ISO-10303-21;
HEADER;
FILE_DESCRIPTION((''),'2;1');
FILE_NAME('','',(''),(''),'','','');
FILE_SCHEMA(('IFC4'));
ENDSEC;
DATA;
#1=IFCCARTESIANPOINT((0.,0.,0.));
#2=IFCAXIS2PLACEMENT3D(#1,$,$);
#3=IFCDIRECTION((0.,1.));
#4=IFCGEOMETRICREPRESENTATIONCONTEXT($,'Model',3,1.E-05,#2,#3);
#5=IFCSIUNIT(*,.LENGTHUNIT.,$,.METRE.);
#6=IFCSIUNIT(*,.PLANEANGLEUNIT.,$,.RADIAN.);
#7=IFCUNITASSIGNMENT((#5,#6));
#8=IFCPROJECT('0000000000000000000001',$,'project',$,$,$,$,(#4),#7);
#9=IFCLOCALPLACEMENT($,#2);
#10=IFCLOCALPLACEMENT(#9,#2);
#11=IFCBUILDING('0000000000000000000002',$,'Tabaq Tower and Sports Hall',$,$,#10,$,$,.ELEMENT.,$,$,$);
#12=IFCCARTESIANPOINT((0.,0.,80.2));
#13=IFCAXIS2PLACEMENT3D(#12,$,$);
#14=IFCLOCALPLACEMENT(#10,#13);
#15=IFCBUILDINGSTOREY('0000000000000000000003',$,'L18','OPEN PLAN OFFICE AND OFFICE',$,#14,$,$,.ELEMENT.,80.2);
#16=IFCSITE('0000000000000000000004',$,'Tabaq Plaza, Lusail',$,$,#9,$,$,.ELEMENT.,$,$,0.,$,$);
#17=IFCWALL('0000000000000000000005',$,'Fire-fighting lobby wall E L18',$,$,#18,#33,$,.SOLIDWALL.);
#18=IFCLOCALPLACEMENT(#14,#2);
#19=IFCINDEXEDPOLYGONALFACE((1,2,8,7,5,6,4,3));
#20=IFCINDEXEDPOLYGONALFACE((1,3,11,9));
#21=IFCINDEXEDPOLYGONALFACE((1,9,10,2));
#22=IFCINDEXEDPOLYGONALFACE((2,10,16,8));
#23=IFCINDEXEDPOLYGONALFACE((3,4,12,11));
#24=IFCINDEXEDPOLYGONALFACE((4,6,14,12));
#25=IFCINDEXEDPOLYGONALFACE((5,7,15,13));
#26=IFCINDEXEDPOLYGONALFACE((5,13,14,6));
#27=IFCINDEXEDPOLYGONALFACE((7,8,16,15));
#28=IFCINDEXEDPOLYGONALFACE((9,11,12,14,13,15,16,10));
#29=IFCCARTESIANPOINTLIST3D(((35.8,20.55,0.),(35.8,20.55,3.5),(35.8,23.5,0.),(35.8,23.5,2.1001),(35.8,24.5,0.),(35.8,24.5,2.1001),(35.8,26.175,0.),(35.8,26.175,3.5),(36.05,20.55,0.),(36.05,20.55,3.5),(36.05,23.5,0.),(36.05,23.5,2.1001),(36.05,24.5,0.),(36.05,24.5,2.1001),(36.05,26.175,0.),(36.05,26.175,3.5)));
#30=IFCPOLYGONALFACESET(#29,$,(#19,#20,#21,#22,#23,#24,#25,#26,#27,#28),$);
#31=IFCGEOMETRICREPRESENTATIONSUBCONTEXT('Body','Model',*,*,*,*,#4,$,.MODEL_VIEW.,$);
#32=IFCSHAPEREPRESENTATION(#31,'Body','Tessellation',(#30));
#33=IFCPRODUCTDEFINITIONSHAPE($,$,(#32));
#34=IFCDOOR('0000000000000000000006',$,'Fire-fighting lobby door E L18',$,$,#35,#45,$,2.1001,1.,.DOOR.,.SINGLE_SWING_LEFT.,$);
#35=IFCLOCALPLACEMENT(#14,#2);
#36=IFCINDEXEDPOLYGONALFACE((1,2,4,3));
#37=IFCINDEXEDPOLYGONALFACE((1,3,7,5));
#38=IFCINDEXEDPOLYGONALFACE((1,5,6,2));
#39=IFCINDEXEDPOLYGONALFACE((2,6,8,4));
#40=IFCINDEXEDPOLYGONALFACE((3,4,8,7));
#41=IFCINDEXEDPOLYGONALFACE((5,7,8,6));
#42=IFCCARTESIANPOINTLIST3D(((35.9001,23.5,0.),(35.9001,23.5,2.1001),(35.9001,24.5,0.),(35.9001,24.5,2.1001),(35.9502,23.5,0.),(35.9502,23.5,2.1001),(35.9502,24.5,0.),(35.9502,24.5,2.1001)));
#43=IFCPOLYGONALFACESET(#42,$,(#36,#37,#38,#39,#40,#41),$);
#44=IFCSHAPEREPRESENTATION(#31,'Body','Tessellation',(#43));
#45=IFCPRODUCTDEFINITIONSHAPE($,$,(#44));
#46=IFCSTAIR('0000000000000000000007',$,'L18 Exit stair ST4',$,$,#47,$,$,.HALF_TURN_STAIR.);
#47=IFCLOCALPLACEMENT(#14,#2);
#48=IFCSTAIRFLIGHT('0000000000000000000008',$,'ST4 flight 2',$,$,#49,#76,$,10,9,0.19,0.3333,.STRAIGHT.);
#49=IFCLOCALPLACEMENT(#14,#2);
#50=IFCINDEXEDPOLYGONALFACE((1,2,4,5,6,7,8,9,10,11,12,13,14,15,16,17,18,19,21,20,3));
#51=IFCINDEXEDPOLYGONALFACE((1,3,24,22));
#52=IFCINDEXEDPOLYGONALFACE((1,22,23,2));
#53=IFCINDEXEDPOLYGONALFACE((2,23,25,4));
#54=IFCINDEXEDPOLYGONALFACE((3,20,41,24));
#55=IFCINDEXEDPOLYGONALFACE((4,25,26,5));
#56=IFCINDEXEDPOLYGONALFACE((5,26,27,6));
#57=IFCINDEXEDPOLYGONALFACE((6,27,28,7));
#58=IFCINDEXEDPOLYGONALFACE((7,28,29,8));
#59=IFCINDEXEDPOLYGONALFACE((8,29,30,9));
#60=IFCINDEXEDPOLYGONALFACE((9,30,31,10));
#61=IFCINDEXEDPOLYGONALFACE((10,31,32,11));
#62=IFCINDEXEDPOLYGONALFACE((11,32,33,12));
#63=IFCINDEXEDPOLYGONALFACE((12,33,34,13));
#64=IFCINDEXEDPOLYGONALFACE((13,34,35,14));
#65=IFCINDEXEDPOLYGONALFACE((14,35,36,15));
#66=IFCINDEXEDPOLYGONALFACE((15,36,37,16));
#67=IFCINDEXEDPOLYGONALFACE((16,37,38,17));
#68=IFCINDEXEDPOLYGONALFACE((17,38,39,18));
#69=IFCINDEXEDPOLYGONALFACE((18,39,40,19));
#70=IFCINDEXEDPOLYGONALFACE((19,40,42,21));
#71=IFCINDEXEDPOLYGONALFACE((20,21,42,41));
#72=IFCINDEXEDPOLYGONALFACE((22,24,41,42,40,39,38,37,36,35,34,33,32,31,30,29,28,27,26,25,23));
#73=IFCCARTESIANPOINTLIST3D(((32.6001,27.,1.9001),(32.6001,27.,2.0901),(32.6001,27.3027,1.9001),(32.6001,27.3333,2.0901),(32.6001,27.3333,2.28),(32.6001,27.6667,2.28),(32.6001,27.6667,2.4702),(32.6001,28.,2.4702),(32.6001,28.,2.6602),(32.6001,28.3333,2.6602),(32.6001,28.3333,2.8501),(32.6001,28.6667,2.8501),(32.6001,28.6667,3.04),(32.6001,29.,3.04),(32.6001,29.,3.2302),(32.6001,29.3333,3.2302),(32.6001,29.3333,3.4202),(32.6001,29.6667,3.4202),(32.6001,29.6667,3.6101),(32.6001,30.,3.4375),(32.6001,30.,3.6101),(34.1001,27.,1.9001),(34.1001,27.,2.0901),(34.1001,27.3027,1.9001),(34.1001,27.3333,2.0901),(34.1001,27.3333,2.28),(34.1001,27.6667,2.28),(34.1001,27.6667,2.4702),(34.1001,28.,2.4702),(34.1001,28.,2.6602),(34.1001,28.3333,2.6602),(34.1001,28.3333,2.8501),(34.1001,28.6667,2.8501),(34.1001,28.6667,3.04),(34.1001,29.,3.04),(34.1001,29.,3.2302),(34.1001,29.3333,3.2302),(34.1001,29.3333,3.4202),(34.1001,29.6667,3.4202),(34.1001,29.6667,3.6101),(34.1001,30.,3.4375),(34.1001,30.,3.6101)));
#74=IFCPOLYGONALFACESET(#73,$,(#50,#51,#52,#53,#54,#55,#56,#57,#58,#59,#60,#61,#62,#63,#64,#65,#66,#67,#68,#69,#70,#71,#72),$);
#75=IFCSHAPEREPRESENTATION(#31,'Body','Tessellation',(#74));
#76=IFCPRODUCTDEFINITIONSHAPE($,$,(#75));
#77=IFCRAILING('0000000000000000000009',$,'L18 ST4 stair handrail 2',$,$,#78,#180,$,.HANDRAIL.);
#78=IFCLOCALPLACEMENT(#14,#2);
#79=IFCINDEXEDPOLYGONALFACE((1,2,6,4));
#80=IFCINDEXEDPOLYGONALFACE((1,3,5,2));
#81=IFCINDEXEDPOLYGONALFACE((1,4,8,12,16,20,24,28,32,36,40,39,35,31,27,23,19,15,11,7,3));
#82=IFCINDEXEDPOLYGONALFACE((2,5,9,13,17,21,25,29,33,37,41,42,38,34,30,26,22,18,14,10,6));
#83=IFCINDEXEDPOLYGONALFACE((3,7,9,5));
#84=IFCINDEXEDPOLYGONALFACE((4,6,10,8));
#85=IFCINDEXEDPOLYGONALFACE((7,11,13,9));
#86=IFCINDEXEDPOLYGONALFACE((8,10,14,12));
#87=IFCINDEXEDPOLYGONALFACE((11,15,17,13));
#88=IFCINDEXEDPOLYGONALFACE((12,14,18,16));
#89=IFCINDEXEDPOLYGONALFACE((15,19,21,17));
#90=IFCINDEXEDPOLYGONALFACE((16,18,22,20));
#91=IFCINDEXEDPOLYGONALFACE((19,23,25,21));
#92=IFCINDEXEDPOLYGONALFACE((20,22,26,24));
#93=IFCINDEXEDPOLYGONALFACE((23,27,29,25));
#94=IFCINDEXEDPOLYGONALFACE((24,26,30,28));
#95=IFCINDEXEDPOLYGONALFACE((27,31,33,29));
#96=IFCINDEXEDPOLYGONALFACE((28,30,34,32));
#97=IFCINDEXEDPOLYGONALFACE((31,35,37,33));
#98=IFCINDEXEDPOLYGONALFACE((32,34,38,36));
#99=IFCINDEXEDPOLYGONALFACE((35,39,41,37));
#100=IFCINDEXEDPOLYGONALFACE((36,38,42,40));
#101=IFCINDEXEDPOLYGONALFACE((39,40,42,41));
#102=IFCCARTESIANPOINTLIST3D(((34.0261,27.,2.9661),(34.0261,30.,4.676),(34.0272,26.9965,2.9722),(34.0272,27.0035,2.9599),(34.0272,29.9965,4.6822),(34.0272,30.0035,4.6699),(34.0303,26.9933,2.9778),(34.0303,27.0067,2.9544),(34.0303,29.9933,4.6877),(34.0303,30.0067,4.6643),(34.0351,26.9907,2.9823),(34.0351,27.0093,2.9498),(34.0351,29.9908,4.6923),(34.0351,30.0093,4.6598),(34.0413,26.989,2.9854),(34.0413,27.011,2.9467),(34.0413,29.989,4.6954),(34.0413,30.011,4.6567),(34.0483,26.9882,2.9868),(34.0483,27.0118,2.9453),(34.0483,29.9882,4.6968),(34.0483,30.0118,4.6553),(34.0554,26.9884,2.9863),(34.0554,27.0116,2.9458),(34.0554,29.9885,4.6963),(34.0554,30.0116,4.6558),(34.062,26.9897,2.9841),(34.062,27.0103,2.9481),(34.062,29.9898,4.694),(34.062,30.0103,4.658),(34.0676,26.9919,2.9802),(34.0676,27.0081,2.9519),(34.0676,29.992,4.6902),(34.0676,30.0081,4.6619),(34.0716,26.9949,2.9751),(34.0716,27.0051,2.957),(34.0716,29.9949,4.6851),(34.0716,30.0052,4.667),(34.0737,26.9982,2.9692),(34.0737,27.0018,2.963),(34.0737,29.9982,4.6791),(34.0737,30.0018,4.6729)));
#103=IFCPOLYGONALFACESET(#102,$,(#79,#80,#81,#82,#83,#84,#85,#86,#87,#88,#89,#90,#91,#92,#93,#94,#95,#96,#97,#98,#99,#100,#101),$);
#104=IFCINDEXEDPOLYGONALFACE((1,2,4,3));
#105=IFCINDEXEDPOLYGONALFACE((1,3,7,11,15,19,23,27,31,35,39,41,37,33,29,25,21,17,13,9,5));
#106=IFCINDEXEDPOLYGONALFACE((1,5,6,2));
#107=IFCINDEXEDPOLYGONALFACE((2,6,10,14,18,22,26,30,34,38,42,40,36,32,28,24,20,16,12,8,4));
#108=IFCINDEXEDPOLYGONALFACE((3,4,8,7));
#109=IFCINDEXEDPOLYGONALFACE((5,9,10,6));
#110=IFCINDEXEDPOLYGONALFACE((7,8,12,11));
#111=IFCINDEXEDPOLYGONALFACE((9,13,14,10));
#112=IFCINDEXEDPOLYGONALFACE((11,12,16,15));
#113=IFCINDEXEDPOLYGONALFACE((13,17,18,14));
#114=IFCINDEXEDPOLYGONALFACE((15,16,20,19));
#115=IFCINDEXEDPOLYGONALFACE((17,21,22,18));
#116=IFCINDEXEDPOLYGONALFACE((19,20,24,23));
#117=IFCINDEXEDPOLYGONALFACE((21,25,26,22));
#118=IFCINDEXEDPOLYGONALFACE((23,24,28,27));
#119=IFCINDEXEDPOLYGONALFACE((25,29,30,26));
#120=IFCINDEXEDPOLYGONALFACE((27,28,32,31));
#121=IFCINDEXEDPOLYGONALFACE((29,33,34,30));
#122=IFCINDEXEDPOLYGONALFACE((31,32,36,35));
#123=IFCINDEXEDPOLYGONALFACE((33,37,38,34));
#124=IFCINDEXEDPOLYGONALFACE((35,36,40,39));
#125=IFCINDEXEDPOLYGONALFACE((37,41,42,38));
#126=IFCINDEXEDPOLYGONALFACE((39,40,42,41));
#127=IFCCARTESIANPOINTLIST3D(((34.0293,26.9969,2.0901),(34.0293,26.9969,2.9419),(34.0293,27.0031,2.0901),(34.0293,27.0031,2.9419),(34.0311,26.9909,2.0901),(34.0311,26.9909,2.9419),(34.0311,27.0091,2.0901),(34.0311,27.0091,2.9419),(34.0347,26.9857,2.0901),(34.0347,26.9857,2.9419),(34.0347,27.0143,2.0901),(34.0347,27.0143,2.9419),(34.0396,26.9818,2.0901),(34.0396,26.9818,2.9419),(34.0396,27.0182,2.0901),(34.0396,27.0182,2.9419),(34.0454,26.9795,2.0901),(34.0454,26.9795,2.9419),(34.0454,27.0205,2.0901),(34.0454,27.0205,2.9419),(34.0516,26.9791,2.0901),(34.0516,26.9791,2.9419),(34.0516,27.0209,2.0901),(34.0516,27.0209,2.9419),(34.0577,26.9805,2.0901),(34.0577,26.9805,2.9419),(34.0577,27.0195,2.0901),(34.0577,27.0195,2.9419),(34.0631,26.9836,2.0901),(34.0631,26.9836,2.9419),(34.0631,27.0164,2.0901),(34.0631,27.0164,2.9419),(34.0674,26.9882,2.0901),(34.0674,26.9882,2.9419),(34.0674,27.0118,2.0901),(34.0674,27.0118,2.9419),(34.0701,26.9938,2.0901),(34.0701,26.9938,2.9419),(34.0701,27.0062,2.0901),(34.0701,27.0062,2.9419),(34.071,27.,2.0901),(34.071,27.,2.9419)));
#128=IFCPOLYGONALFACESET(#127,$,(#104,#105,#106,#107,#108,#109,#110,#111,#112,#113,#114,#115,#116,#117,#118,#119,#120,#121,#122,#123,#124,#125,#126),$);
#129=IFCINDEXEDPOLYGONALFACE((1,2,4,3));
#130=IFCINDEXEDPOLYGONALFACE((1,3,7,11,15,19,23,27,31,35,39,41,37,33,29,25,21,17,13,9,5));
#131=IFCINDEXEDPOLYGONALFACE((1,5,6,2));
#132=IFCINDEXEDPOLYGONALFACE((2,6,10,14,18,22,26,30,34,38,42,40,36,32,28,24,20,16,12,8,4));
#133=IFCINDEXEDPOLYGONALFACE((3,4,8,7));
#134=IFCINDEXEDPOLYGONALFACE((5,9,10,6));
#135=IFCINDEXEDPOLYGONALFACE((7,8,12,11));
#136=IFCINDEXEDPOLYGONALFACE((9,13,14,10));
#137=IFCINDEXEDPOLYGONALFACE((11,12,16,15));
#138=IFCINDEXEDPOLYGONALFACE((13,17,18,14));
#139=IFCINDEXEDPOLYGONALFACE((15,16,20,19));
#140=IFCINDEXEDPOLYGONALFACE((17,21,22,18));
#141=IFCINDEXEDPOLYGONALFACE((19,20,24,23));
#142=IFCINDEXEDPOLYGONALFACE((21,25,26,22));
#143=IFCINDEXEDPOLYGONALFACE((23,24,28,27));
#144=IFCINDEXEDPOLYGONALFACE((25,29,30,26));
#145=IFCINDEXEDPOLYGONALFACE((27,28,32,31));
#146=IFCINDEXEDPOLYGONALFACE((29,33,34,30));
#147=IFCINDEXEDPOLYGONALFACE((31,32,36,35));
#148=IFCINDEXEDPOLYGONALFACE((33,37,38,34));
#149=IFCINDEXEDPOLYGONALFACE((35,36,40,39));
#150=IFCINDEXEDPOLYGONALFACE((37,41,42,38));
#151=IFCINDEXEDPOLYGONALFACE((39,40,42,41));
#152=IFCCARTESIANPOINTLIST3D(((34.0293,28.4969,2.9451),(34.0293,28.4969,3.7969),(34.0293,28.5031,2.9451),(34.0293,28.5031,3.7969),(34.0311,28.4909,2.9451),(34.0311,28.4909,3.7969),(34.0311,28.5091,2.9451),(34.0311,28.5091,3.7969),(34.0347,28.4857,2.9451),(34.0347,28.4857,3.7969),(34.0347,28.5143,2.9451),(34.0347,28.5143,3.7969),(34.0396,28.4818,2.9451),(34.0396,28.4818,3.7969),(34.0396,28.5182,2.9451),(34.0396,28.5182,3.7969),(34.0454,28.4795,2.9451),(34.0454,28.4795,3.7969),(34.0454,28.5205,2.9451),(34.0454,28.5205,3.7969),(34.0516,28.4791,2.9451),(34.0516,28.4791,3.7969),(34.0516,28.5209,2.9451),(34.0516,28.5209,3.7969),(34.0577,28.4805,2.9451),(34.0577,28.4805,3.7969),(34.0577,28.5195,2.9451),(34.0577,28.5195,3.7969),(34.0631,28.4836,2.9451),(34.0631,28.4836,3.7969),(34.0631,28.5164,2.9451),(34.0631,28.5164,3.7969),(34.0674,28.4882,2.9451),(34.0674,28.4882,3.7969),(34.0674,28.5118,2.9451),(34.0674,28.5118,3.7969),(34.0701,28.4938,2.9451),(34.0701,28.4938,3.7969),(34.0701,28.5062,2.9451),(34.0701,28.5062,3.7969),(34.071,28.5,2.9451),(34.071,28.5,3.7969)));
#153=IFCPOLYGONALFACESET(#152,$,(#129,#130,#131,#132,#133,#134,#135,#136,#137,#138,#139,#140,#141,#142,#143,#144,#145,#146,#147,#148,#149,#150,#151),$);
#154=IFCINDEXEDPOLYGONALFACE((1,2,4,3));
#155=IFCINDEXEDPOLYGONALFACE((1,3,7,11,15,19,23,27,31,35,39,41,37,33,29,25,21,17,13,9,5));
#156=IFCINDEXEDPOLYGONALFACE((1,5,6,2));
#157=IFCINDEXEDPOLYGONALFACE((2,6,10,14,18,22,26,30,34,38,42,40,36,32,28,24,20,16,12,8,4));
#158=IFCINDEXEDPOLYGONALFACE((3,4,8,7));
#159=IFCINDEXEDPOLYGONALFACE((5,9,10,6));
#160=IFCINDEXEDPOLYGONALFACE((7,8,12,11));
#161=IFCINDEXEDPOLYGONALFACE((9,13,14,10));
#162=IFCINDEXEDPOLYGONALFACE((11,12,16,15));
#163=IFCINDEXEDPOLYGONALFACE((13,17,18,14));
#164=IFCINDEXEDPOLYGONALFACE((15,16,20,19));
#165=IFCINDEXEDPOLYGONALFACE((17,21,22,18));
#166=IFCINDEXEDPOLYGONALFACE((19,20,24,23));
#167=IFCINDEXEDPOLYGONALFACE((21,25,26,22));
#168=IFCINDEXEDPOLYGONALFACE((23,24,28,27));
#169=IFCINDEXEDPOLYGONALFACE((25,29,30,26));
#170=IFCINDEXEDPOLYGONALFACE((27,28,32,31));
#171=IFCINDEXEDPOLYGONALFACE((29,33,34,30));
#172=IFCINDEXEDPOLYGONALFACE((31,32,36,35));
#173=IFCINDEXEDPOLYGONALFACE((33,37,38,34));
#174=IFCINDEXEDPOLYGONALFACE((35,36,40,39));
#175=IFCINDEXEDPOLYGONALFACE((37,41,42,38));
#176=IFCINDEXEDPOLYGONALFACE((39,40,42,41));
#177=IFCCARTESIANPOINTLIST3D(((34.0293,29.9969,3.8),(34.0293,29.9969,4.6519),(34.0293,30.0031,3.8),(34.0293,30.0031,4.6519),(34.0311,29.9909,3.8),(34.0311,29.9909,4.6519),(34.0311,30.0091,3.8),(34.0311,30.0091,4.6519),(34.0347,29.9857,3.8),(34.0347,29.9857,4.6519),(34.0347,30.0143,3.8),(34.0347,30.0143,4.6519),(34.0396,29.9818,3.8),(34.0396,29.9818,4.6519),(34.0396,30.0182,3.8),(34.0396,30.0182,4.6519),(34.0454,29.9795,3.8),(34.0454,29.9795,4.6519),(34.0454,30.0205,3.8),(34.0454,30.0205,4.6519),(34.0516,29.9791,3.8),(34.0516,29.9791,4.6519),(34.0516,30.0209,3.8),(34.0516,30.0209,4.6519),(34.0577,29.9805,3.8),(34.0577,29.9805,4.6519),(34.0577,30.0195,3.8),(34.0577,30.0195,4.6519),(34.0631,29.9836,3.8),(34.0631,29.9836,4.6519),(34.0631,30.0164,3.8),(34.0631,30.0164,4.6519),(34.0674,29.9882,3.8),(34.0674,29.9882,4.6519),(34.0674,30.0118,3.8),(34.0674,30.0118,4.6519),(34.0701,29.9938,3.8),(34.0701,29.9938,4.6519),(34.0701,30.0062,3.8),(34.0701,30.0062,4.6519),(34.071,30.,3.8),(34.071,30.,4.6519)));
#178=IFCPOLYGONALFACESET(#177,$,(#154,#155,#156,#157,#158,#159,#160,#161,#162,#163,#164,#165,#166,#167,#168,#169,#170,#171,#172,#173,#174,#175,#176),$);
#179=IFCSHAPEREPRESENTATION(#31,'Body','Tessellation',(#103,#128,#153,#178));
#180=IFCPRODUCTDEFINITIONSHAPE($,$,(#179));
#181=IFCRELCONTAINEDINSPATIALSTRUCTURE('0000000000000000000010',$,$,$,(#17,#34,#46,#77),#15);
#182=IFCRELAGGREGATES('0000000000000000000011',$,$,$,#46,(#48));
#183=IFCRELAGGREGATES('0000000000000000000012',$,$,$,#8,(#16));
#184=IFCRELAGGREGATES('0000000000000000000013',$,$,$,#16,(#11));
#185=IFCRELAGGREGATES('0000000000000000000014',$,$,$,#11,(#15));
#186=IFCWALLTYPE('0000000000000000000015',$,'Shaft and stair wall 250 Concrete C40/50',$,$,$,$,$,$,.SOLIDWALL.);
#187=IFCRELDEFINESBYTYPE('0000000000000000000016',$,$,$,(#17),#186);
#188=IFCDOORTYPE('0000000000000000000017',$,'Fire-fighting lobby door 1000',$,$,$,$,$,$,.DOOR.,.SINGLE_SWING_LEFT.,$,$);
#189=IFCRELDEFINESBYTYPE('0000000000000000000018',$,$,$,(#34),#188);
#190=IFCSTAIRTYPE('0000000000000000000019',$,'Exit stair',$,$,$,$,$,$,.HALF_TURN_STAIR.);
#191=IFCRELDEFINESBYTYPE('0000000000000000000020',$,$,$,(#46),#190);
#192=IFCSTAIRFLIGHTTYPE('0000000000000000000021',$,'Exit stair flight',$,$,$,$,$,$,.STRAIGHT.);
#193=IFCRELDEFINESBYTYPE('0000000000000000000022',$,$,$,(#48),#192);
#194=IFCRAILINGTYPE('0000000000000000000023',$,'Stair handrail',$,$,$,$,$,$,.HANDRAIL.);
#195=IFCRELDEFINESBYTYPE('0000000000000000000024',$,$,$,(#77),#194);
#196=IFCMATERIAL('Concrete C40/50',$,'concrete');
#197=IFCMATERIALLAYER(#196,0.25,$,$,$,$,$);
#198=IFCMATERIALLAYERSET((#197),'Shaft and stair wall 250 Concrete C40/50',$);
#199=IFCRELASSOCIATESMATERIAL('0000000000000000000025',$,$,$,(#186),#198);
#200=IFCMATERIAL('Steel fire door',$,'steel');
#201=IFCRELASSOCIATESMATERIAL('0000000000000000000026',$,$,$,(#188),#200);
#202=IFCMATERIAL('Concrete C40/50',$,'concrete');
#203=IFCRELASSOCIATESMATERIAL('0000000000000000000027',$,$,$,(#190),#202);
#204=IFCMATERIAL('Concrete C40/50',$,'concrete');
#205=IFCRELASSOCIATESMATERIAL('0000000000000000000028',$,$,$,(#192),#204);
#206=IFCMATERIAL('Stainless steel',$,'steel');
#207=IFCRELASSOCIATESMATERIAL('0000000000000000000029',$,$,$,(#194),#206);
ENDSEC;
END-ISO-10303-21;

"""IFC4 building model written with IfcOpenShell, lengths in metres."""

from ifc_helpers import new_model, si_unit, direction, frame, frame_2d, origin, origin_2d, place, context, subcontext, project, spatial, polyline, rectangle, circle, outline, extrude, material, layer, layer_set, type_object, element, fill, aggregate, save


model = new_model("IFC4")

# Units and contexts
model_context = context("Model", 3, precision=1e-05, world=origin(), true_north=direction((0.0, 1.0)))
body_context = subcontext(model_context, "Body", "Model", "MODEL_VIEW")
ifc_project = project(units=[si_unit("LENGTHUNIT", "METRE"), si_unit("PLANEANGLEUNIT", "RADIAN")], contexts=[model_context])

# Site, building, storey
site_placement = place(None, origin())
site = spatial("IfcSite", under=ifc_project, at=site_placement, Name="Tabaq Plaza, Lusail", CompositionType="ELEMENT", RefElevation=0.0)
building_placement = place(site_placement, origin())
building = spatial("IfcBuilding", under=site, at=building_placement, Name="Tabaq Tower and Sports Hall", CompositionType="ELEMENT")
storey_placement = place(building_placement, frame((0.0, 0.0, 80.2)))
storey = spatial("IfcBuildingStorey", under=building, at=storey_placement, Name="L18", Description="OPEN PLAN OFFICE AND OFFICE", CompositionType="ELEMENT", Elevation=80.2)

# Shared definitions
ifc_material_1 = material(Name="Concrete C40/50", Category="concrete")
ifc_layer_1 = layer(ifc_material_1, 0.25)
ifc_layer_set_1 = layer_set([ifc_layer_1], Name="Shaft and stair wall 250 Concrete C40/50")
wall_type_1 = type_object("IfcWallType", Name="Shaft and stair wall 250 Concrete C40/50", PredefinedType="SOLIDWALL", material=ifc_layer_set_1)

# Wall, opening, door
wall_1_placement = place(storey_placement, frame((35.925, 20.55, 0.0), z_axis=(0.0, 0.0, 1.0), x_axis=(0.0, 1.0, 0.0)))
wall_1 = element("IfcWall", 1, at=wall_1_placement, inside=storey, type_object=wall_type_1, Name="Fire-fighting lobby wall E L18", PredefinedType="SOLIDWALL", context=body_context, shape_type="SweptSolid", body=[
    extrude(rectangle(XDim=5.625, YDim=0.25, at=frame_2d((2.8125, 0.0))), origin(), (0.0, 0.0, 1.0), 3.5),
])
opening_1_placement = place(wall_1_placement, frame((2.95, 0.0, 0.0)))
opening_1 = element("IfcOpeningElement", 2, at=opening_1_placement, cuts=wall_1, PredefinedType="OPENING", context=body_context, shape_type="SweptSolid", body=[
    extrude(rectangle(XDim=1.0, YDim=2.1001, at=frame_2d((0.5, 1.05))), frame((0.0, 0.125, 0.0), z_axis=(0.0, -1.0, 0.0), x_axis=(1.0, 0.0, 0.0)), (0.0, 0.0, 1.0), 0.25),
])
ifc_material_2 = material(Name="Steel fire door", Category="steel")
door_type_1 = type_object("IfcDoorType", Name="Fire-fighting lobby door 1000", OperationType="SINGLE_SWING_LEFT", PredefinedType="DOOR", material=ifc_material_2)
door_1_placement = place(opening_1_placement, origin())
door_1 = element("IfcDoor", 3, at=door_1_placement, inside=storey, type_object=door_type_1, Name="Fire-fighting lobby door E L18", OperationType="SINGLE_SWING_LEFT", OverallHeight=2.1001, OverallWidth=1.0, PredefinedType="DOOR", context=body_context, shape_type="SweptSolid", body=[
    extrude(rectangle(XDim=1.0, YDim=2.1001, at=frame_2d((0.5, 1.05))), frame((0.0, 0.0249, 0.0), z_axis=(0.0, -1.0, 0.0), x_axis=(1.0, 0.0, 0.0)), (0.0, 0.0, 1.0), 0.05),
])
fill(opening_1, door_1)

# Stair, stair flight
ifc_material_3 = material(Name="Concrete C40/50", Category="concrete")
stair_type = type_object("IfcStairType", Name="Exit stair", PredefinedType="HALF_TURN_STAIR", material=ifc_material_3)
stair_placement = place(storey_placement, origin())
stair = element("IfcStair", 4, at=stair_placement, inside=storey, type_object=stair_type, Name="L18 Exit stair ST4", PredefinedType="HALF_TURN_STAIR")
ifc_material_4 = material(Name="Concrete C40/50", Category="concrete")
stair_flight_type = type_object("IfcStairFlightType", Name="Exit stair flight", PredefinedType="STRAIGHT", material=ifc_material_4)
stair_flight_placement = place(storey_placement, frame((33.3501, 27.0, 1.9001), z_axis=(0.0, 0.0, 1.0), x_axis=(0.0, 1.0, 0.0)))
stair_flight = element("IfcStairFlight", 5, at=stair_flight_placement, type_object=stair_flight_type, Name="ST4 flight 2", NumberOfRisers=10, NumberOfTreads=9, PredefinedType="STRAIGHT", RiserHeight=0.19, TreadLength=0.3333, context=body_context, shape_type="SweptSolid", body=[
    extrude(outline(polyline([(0.0, 0.0), (0.0, 0.1899), (0.3333, 0.1899), (0.3333, 0.3799), (0.6667, 0.3799), (0.6667, 0.5701), (1.0, 0.5701), (1.0, 0.76), (1.3333, 0.76), (1.3333, 0.95), (1.6667, 0.95), (1.6667, 1.1399), (2.0, 1.1399), (2.0, 1.3301), (2.3333, 1.3301), (2.3333, 1.52), (2.6667, 1.52), (2.6667, 1.71), (3.0, 1.71), (3.0, 1.8999), (3.0, 1.5374), (0.3027, 0.0), (0.0, 0.0)])), frame((0.0, 0.75, 0.0), z_axis=(0.0, -1.0, 0.0), x_axis=(1.0, 0.0, 0.0)), (0.0, 0.0, 1.0), 1.5),
])
aggregate(stair, [stair_flight])

# Railing
ifc_material_5 = material(Name="Stainless steel", Category="steel")
railing_type = type_object("IfcRailingType", Name="Stair handrail", PredefinedType="HANDRAIL", material=ifc_material_5)
railing_placement = place(storey_placement, frame((34.05, 27.0, 2.0901)))
element("IfcRailing", 6, at=railing_placement, inside=storey, type_object=railing_type, Name="L18 ST4 stair handrail 2", PredefinedType="HANDRAIL", context=body_context, shape_type="SweptSolid", body=[
    extrude(circle(Radius=0.0239, at=origin_2d()), frame((0.0, 0.0, 0.876), z_axis=(0.0, 0.868782, 0.495195), x_axis=(-1.0, 0.0, 0.0)), (0.0, 0.0, 1.0), 3.4531),
    extrude(circle(Radius=0.021, at=origin_2d()), origin(), (0.0, 0.0, 1.0), 0.8518),
    extrude(circle(Radius=0.021, at=origin_2d()), frame((0.0, 1.5, 0.855)), (0.0, 0.0, 1.0), 0.8518),
    extrude(circle(Radius=0.021, at=origin_2d()), frame((0.0, 3.0, 1.71)), (0.0, 0.0, 1.0), 0.8518),
])

save(model, "model.ifc")
